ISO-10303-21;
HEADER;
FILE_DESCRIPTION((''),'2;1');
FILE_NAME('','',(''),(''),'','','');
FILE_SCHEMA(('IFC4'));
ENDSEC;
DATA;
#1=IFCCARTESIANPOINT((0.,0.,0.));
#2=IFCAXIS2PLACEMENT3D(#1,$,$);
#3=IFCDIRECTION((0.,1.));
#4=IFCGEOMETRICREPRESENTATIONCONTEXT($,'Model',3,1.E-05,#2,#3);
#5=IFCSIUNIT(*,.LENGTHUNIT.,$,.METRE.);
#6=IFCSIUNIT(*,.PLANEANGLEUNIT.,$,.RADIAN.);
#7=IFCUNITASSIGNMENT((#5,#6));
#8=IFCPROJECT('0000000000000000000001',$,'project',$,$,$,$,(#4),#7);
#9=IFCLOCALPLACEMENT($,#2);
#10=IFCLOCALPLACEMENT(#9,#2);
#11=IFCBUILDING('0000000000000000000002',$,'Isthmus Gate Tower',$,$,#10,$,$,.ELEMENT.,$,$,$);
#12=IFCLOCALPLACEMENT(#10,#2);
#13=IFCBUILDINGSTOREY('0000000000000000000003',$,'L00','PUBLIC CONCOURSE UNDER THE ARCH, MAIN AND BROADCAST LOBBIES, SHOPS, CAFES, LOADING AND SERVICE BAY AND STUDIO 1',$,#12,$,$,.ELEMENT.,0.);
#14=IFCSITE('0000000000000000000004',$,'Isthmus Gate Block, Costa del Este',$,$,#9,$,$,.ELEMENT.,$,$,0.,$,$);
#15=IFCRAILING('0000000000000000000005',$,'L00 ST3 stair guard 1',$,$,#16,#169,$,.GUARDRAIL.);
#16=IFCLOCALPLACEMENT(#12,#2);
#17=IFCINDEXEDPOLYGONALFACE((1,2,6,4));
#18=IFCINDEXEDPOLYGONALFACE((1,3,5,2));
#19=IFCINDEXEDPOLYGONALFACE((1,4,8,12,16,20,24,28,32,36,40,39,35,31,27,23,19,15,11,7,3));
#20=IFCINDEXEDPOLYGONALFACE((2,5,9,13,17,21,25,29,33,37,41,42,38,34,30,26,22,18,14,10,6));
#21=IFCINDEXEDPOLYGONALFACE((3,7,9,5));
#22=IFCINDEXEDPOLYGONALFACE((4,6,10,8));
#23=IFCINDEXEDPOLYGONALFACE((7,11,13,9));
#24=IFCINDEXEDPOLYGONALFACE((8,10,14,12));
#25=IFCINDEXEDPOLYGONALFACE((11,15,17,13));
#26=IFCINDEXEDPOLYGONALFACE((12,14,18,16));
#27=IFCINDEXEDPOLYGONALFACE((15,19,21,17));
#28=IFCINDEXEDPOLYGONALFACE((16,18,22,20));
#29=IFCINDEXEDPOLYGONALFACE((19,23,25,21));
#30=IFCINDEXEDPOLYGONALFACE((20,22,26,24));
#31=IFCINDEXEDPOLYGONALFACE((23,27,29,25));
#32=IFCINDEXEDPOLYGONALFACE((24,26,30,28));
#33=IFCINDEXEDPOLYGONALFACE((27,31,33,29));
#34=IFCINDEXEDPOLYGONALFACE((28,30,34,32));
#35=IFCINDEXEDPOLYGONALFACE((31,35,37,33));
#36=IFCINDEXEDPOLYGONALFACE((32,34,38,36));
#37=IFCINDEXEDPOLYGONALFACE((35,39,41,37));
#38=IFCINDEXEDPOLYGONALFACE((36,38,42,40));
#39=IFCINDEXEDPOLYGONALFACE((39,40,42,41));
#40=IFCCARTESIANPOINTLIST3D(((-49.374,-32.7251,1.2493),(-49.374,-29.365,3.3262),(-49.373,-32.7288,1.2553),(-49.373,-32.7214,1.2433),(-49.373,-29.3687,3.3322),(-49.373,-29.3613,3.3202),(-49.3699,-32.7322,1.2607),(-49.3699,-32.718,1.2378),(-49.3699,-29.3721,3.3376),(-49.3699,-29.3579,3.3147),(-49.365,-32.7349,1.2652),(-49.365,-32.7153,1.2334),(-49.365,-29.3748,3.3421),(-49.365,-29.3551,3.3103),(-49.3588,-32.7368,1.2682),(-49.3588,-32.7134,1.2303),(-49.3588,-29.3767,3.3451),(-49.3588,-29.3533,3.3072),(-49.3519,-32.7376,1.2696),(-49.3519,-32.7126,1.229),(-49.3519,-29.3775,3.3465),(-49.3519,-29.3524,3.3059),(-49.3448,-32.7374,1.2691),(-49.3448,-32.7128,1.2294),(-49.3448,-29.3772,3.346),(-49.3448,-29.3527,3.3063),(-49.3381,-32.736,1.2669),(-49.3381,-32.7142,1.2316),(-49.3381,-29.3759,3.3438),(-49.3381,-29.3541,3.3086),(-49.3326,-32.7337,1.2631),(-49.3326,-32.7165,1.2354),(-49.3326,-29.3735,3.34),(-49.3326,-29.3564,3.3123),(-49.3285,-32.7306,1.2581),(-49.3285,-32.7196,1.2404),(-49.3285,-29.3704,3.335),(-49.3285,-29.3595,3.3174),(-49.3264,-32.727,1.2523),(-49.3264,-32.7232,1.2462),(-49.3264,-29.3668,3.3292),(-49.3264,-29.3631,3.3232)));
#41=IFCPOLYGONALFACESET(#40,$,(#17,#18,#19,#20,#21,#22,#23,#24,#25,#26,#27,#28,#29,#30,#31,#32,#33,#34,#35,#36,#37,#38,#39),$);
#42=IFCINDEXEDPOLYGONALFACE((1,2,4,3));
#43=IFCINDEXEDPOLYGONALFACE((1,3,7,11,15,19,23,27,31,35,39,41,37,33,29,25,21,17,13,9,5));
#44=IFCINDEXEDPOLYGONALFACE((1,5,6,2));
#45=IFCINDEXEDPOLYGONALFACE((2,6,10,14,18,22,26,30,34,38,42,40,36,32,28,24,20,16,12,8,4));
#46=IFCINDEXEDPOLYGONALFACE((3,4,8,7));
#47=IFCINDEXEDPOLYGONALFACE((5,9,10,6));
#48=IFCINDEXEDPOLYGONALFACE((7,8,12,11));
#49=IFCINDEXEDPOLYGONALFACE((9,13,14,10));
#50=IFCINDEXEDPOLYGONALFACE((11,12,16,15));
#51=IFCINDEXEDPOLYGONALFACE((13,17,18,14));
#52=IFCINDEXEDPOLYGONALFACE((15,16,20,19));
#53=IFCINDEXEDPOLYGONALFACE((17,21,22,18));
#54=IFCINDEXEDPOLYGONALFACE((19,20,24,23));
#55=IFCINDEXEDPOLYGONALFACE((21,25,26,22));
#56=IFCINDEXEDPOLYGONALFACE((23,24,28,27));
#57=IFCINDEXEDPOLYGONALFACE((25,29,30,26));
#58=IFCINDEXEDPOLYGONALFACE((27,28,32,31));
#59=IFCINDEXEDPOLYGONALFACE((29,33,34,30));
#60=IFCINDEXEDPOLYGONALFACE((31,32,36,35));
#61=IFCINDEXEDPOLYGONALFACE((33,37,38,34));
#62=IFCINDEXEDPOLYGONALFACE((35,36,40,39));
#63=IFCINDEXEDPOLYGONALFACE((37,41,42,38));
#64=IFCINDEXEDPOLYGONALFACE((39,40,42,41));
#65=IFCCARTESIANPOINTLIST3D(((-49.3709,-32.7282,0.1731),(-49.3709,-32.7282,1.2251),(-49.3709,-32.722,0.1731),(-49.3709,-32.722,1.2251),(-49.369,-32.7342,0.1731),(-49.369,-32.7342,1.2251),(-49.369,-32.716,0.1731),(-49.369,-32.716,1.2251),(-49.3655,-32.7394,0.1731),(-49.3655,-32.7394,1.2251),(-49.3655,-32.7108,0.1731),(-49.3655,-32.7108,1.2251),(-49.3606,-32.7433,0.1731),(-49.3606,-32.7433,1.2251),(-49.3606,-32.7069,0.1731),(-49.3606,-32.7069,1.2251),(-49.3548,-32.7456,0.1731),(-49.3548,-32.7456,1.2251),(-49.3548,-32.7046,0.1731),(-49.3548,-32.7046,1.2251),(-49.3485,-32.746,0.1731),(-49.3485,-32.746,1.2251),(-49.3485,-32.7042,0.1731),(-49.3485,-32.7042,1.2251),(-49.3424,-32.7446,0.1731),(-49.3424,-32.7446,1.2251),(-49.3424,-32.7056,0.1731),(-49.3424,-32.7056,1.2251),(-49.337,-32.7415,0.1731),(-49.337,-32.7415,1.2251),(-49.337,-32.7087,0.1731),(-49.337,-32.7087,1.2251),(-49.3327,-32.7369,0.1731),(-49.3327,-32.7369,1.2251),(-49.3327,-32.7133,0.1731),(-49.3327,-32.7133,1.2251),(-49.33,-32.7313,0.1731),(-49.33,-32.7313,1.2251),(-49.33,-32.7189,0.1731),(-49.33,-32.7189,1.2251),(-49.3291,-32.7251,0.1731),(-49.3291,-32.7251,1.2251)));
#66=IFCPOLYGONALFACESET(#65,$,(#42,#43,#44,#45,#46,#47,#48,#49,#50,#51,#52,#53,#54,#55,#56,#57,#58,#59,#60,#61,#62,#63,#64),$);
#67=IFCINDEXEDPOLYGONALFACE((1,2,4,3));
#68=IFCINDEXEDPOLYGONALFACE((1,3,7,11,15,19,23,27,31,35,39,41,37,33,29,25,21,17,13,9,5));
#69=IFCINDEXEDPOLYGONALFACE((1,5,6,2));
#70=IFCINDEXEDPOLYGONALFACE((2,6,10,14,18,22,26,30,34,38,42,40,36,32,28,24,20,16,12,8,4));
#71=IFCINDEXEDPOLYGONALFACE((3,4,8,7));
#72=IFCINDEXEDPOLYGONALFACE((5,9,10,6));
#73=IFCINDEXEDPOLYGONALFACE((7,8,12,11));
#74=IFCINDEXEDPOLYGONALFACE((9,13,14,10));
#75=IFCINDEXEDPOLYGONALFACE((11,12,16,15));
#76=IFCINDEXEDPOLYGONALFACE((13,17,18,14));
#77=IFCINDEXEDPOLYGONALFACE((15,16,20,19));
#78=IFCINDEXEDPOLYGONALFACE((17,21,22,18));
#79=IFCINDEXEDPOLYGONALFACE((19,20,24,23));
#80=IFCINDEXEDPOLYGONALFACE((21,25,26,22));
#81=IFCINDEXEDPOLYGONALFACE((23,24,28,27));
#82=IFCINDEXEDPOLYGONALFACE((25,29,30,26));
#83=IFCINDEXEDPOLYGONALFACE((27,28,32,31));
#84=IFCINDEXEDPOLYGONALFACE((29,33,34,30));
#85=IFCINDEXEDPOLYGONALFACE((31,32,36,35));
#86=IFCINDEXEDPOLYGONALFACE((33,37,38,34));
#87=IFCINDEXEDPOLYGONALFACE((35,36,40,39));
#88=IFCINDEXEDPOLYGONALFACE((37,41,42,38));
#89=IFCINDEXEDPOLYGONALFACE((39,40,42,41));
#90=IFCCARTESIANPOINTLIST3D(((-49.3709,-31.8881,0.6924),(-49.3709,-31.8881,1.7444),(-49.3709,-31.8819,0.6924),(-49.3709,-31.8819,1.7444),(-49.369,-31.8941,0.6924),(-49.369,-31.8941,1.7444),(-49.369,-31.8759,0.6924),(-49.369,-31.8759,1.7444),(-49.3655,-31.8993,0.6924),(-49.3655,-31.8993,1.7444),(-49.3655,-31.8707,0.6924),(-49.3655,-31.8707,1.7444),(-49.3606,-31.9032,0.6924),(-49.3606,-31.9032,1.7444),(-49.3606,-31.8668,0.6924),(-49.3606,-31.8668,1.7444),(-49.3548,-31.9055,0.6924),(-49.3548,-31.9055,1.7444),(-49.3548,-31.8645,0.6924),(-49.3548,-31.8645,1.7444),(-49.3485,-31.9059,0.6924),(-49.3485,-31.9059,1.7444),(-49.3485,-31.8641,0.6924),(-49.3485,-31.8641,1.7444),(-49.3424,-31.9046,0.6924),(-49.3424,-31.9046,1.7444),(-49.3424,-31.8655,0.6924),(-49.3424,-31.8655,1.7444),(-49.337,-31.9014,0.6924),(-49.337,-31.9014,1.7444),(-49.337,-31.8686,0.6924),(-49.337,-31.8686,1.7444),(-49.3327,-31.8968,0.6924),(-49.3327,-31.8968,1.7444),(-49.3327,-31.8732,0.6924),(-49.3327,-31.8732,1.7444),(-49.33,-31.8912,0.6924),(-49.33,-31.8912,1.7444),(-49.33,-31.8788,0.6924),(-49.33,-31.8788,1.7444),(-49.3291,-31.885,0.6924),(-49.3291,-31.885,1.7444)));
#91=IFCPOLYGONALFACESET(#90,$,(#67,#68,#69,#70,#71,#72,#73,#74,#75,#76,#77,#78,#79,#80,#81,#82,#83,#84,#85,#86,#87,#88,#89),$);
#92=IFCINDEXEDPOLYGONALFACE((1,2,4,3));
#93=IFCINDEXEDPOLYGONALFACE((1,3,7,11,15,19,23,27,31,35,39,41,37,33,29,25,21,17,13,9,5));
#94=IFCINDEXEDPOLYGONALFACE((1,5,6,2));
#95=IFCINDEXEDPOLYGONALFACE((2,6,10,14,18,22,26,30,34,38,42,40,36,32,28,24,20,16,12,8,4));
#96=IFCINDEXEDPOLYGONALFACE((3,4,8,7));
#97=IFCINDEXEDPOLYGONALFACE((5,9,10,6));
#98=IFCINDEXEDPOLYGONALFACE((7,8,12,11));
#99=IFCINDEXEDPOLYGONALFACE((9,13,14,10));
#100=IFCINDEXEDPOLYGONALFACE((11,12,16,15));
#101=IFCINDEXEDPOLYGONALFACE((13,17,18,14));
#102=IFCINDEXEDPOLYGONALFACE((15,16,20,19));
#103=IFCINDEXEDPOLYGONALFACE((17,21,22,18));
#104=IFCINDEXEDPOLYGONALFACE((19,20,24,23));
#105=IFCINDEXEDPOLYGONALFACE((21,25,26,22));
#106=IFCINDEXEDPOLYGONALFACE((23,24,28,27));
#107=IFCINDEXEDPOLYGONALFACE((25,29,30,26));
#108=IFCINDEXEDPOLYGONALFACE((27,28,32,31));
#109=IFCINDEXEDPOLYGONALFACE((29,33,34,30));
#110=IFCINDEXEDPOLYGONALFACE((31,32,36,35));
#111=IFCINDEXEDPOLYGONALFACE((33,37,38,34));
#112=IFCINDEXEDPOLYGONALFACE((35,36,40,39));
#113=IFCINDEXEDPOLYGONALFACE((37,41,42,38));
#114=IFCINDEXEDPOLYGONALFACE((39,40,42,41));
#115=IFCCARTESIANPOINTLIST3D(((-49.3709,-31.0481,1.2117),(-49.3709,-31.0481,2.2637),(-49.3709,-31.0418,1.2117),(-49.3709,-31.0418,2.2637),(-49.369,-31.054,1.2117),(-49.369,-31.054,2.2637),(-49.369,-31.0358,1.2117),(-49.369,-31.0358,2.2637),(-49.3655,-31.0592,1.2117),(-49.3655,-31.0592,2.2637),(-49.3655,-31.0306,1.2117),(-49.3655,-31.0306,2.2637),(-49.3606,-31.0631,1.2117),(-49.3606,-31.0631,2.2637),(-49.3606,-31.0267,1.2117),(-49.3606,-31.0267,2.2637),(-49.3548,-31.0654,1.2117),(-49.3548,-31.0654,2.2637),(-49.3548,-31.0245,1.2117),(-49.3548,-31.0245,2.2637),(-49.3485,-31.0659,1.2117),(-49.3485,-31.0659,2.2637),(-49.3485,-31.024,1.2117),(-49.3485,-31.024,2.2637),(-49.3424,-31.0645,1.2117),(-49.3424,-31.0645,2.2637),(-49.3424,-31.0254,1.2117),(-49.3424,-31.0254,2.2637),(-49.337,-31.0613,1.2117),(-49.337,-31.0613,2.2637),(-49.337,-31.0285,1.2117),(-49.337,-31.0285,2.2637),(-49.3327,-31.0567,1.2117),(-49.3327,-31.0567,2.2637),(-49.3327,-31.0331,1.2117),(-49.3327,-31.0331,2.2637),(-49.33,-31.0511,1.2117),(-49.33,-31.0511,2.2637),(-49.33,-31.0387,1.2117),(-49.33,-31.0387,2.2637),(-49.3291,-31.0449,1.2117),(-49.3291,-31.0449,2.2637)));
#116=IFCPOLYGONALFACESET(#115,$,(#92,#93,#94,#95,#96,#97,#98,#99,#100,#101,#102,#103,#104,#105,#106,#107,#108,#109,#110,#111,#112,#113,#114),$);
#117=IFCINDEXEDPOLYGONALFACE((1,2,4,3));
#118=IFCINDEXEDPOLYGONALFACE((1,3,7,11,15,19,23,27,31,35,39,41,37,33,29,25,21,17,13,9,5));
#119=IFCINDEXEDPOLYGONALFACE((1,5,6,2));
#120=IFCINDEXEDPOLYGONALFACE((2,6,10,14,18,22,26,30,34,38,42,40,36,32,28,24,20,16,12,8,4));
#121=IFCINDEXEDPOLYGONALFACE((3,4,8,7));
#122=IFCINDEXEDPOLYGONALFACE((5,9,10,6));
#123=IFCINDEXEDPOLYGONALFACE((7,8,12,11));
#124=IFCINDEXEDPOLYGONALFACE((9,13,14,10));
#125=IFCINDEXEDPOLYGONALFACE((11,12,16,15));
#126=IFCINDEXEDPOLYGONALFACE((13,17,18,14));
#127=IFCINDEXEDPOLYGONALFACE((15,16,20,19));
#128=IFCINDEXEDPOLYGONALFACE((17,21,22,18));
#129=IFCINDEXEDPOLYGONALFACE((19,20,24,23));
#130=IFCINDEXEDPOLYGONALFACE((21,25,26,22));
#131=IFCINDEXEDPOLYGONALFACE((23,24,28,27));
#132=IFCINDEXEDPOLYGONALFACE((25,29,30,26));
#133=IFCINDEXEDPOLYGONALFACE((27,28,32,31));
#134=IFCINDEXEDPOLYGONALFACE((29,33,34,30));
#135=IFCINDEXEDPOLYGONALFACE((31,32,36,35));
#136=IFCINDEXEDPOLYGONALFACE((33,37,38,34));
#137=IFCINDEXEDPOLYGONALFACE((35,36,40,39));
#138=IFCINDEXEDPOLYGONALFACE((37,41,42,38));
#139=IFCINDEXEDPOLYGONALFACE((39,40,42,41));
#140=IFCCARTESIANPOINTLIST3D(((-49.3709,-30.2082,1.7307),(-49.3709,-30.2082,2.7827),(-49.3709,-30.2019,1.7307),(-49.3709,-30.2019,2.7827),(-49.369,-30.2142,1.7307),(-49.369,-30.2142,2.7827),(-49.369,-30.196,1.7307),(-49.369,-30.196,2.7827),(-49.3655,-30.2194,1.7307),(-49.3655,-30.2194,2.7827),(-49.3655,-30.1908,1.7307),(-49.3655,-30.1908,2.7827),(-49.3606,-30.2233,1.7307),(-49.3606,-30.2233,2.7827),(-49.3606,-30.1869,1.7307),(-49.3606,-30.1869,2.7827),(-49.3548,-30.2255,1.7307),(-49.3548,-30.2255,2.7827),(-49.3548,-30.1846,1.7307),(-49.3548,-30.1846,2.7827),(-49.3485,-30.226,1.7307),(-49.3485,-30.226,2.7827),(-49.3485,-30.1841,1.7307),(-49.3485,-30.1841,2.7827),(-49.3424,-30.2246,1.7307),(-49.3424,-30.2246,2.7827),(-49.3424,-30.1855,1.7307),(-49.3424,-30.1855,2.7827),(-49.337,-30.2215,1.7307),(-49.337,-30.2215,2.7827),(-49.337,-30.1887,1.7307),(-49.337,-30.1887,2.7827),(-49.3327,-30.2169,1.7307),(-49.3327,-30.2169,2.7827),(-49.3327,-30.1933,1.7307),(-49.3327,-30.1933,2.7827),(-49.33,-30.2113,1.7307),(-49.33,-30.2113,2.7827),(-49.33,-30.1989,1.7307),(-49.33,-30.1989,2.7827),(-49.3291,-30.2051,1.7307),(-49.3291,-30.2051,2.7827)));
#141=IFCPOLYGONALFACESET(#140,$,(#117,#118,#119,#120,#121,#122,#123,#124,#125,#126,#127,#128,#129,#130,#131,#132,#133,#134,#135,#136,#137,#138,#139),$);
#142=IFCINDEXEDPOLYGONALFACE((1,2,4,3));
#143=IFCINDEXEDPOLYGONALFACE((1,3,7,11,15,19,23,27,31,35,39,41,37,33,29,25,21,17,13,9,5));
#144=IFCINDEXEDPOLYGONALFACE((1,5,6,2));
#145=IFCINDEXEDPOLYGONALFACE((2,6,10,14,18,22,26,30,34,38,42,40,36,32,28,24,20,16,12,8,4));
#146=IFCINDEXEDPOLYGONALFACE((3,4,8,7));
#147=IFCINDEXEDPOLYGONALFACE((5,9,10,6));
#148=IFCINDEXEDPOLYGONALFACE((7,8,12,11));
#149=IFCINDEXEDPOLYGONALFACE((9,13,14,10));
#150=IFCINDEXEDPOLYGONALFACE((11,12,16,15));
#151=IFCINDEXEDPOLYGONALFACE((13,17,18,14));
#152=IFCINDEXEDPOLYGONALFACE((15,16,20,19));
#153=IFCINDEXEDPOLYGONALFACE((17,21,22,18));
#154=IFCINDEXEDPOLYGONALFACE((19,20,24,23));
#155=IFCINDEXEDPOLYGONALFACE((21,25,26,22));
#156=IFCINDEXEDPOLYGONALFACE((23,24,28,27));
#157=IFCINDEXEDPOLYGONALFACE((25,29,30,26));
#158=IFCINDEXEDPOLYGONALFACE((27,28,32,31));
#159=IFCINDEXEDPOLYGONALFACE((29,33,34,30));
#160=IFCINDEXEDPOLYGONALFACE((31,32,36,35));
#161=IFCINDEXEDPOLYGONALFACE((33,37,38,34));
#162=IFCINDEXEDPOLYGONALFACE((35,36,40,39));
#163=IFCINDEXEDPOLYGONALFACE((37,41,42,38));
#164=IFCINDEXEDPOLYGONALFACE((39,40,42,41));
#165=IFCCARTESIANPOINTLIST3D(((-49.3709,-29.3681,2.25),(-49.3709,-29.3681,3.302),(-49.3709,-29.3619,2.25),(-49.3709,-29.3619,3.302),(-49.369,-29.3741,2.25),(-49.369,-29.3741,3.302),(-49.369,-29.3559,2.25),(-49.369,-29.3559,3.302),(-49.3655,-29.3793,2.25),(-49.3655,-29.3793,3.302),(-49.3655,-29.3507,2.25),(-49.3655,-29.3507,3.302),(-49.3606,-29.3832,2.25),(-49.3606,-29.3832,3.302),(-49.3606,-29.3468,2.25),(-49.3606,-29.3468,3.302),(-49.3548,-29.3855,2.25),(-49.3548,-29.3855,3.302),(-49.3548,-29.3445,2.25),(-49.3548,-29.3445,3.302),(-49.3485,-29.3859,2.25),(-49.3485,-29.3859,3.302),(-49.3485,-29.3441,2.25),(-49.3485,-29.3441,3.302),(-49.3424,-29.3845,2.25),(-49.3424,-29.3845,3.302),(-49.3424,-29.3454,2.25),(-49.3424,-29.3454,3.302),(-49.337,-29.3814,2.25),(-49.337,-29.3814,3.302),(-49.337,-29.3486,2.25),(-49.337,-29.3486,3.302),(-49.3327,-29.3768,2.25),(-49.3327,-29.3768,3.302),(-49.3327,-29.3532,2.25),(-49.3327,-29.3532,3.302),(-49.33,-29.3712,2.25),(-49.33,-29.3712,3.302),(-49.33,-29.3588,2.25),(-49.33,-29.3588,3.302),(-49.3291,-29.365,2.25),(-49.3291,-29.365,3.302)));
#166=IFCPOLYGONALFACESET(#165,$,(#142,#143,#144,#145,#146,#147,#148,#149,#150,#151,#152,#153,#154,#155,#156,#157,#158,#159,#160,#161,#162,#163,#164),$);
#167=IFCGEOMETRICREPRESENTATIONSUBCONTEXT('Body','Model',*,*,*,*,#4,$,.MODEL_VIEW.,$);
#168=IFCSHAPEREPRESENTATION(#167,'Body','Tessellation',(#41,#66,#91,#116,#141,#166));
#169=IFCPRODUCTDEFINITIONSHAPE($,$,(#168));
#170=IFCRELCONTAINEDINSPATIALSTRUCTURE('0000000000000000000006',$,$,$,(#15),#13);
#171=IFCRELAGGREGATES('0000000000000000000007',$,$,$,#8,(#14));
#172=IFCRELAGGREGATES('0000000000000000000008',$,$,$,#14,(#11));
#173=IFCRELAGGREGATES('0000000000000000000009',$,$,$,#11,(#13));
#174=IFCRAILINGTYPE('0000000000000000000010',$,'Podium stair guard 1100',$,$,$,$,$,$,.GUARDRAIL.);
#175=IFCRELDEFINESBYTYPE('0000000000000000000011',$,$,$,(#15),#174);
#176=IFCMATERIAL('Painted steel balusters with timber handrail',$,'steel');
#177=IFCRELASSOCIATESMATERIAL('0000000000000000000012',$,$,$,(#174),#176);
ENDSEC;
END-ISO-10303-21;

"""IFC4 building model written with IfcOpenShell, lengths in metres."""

from ifc_helpers import new_model, si_unit, direction, frame, origin, origin_2d, place, context, subcontext, project, spatial, circle, extrude, material, type_object, element, save


model = new_model("IFC4")

# Units and contexts
model_context = context("Model", 3, precision=1e-05, world=origin(), true_north=direction((0.0, 1.0)))
body_context = subcontext(model_context, "Body", "Model", "MODEL_VIEW")
ifc_project = project(units=[si_unit("LENGTHUNIT", "METRE"), si_unit("PLANEANGLEUNIT", "RADIAN")], contexts=[model_context])

# Site, building, storey
site_placement = place(None, origin())
site = spatial("IfcSite", under=ifc_project, at=site_placement, Name="Isthmus Gate Block, Costa del Este", CompositionType="ELEMENT", RefElevation=0.0)
building_placement = place(site_placement, origin())
building = spatial("IfcBuilding", under=site, at=building_placement, Name="Isthmus Gate Tower", CompositionType="ELEMENT")
storey_placement = place(building_placement, origin())
storey = spatial("IfcBuildingStorey", under=building, at=storey_placement, Name="L00", Description="PUBLIC CONCOURSE UNDER THE ARCH, MAIN AND BROADCAST LOBBIES, SHOPS, CAFES, LOADING AND SERVICE BAY AND STUDIO 1", CompositionType="ELEMENT", Elevation=0.0)

# Railing
ifc_material_1 = material(Name="Painted steel balusters with timber handrail", Category="steel")
railing_type_1 = type_object("IfcRailingType", Name="Podium stair guard 1100", PredefinedType="GUARDRAIL", material=ifc_material_1)
railing_1_placement = place(storey_placement, frame((-49.3501, -32.7251, 0.1731)))
element("IfcRailing", 1, at=railing_1_placement, inside=storey, type_object=railing_type_1, Name="L00 ST3 stair guard 1", PredefinedType="GUARDRAIL", context=body_context, shape_type="SweptSolid", body=[
    extrude(circle(Radius=0.0239, at=origin_2d()), frame((0.0, 0.0, 1.0762), z_axis=(0.0, 0.850623, 0.525776), x_axis=(-1.0, 0.0, 0.0)), (0.0, 0.0, 1.0), 3.9502),
    extrude(circle(Radius=0.021, at=origin_2d()), origin(), (0.0, 0.0, 1.0), 1.052),
    extrude(circle(Radius=0.021, at=origin_2d()), frame((0.0, 0.8401, 0.5193)), (0.0, 0.0, 1.0), 1.052),
    extrude(circle(Radius=0.021, at=origin_2d()), frame((0.0, 1.6802, 1.0386)), (0.0, 0.0, 1.0), 1.052),
    extrude(circle(Radius=0.021, at=origin_2d()), frame((0.0, 2.52, 1.5576)), (0.0, 0.0, 1.0), 1.052),
    extrude(circle(Radius=0.021, at=origin_2d()), frame((0.0, 3.3601, 2.0769)), (0.0, 0.0, 1.0), 1.052),
])

save(model, "model.ifc")
